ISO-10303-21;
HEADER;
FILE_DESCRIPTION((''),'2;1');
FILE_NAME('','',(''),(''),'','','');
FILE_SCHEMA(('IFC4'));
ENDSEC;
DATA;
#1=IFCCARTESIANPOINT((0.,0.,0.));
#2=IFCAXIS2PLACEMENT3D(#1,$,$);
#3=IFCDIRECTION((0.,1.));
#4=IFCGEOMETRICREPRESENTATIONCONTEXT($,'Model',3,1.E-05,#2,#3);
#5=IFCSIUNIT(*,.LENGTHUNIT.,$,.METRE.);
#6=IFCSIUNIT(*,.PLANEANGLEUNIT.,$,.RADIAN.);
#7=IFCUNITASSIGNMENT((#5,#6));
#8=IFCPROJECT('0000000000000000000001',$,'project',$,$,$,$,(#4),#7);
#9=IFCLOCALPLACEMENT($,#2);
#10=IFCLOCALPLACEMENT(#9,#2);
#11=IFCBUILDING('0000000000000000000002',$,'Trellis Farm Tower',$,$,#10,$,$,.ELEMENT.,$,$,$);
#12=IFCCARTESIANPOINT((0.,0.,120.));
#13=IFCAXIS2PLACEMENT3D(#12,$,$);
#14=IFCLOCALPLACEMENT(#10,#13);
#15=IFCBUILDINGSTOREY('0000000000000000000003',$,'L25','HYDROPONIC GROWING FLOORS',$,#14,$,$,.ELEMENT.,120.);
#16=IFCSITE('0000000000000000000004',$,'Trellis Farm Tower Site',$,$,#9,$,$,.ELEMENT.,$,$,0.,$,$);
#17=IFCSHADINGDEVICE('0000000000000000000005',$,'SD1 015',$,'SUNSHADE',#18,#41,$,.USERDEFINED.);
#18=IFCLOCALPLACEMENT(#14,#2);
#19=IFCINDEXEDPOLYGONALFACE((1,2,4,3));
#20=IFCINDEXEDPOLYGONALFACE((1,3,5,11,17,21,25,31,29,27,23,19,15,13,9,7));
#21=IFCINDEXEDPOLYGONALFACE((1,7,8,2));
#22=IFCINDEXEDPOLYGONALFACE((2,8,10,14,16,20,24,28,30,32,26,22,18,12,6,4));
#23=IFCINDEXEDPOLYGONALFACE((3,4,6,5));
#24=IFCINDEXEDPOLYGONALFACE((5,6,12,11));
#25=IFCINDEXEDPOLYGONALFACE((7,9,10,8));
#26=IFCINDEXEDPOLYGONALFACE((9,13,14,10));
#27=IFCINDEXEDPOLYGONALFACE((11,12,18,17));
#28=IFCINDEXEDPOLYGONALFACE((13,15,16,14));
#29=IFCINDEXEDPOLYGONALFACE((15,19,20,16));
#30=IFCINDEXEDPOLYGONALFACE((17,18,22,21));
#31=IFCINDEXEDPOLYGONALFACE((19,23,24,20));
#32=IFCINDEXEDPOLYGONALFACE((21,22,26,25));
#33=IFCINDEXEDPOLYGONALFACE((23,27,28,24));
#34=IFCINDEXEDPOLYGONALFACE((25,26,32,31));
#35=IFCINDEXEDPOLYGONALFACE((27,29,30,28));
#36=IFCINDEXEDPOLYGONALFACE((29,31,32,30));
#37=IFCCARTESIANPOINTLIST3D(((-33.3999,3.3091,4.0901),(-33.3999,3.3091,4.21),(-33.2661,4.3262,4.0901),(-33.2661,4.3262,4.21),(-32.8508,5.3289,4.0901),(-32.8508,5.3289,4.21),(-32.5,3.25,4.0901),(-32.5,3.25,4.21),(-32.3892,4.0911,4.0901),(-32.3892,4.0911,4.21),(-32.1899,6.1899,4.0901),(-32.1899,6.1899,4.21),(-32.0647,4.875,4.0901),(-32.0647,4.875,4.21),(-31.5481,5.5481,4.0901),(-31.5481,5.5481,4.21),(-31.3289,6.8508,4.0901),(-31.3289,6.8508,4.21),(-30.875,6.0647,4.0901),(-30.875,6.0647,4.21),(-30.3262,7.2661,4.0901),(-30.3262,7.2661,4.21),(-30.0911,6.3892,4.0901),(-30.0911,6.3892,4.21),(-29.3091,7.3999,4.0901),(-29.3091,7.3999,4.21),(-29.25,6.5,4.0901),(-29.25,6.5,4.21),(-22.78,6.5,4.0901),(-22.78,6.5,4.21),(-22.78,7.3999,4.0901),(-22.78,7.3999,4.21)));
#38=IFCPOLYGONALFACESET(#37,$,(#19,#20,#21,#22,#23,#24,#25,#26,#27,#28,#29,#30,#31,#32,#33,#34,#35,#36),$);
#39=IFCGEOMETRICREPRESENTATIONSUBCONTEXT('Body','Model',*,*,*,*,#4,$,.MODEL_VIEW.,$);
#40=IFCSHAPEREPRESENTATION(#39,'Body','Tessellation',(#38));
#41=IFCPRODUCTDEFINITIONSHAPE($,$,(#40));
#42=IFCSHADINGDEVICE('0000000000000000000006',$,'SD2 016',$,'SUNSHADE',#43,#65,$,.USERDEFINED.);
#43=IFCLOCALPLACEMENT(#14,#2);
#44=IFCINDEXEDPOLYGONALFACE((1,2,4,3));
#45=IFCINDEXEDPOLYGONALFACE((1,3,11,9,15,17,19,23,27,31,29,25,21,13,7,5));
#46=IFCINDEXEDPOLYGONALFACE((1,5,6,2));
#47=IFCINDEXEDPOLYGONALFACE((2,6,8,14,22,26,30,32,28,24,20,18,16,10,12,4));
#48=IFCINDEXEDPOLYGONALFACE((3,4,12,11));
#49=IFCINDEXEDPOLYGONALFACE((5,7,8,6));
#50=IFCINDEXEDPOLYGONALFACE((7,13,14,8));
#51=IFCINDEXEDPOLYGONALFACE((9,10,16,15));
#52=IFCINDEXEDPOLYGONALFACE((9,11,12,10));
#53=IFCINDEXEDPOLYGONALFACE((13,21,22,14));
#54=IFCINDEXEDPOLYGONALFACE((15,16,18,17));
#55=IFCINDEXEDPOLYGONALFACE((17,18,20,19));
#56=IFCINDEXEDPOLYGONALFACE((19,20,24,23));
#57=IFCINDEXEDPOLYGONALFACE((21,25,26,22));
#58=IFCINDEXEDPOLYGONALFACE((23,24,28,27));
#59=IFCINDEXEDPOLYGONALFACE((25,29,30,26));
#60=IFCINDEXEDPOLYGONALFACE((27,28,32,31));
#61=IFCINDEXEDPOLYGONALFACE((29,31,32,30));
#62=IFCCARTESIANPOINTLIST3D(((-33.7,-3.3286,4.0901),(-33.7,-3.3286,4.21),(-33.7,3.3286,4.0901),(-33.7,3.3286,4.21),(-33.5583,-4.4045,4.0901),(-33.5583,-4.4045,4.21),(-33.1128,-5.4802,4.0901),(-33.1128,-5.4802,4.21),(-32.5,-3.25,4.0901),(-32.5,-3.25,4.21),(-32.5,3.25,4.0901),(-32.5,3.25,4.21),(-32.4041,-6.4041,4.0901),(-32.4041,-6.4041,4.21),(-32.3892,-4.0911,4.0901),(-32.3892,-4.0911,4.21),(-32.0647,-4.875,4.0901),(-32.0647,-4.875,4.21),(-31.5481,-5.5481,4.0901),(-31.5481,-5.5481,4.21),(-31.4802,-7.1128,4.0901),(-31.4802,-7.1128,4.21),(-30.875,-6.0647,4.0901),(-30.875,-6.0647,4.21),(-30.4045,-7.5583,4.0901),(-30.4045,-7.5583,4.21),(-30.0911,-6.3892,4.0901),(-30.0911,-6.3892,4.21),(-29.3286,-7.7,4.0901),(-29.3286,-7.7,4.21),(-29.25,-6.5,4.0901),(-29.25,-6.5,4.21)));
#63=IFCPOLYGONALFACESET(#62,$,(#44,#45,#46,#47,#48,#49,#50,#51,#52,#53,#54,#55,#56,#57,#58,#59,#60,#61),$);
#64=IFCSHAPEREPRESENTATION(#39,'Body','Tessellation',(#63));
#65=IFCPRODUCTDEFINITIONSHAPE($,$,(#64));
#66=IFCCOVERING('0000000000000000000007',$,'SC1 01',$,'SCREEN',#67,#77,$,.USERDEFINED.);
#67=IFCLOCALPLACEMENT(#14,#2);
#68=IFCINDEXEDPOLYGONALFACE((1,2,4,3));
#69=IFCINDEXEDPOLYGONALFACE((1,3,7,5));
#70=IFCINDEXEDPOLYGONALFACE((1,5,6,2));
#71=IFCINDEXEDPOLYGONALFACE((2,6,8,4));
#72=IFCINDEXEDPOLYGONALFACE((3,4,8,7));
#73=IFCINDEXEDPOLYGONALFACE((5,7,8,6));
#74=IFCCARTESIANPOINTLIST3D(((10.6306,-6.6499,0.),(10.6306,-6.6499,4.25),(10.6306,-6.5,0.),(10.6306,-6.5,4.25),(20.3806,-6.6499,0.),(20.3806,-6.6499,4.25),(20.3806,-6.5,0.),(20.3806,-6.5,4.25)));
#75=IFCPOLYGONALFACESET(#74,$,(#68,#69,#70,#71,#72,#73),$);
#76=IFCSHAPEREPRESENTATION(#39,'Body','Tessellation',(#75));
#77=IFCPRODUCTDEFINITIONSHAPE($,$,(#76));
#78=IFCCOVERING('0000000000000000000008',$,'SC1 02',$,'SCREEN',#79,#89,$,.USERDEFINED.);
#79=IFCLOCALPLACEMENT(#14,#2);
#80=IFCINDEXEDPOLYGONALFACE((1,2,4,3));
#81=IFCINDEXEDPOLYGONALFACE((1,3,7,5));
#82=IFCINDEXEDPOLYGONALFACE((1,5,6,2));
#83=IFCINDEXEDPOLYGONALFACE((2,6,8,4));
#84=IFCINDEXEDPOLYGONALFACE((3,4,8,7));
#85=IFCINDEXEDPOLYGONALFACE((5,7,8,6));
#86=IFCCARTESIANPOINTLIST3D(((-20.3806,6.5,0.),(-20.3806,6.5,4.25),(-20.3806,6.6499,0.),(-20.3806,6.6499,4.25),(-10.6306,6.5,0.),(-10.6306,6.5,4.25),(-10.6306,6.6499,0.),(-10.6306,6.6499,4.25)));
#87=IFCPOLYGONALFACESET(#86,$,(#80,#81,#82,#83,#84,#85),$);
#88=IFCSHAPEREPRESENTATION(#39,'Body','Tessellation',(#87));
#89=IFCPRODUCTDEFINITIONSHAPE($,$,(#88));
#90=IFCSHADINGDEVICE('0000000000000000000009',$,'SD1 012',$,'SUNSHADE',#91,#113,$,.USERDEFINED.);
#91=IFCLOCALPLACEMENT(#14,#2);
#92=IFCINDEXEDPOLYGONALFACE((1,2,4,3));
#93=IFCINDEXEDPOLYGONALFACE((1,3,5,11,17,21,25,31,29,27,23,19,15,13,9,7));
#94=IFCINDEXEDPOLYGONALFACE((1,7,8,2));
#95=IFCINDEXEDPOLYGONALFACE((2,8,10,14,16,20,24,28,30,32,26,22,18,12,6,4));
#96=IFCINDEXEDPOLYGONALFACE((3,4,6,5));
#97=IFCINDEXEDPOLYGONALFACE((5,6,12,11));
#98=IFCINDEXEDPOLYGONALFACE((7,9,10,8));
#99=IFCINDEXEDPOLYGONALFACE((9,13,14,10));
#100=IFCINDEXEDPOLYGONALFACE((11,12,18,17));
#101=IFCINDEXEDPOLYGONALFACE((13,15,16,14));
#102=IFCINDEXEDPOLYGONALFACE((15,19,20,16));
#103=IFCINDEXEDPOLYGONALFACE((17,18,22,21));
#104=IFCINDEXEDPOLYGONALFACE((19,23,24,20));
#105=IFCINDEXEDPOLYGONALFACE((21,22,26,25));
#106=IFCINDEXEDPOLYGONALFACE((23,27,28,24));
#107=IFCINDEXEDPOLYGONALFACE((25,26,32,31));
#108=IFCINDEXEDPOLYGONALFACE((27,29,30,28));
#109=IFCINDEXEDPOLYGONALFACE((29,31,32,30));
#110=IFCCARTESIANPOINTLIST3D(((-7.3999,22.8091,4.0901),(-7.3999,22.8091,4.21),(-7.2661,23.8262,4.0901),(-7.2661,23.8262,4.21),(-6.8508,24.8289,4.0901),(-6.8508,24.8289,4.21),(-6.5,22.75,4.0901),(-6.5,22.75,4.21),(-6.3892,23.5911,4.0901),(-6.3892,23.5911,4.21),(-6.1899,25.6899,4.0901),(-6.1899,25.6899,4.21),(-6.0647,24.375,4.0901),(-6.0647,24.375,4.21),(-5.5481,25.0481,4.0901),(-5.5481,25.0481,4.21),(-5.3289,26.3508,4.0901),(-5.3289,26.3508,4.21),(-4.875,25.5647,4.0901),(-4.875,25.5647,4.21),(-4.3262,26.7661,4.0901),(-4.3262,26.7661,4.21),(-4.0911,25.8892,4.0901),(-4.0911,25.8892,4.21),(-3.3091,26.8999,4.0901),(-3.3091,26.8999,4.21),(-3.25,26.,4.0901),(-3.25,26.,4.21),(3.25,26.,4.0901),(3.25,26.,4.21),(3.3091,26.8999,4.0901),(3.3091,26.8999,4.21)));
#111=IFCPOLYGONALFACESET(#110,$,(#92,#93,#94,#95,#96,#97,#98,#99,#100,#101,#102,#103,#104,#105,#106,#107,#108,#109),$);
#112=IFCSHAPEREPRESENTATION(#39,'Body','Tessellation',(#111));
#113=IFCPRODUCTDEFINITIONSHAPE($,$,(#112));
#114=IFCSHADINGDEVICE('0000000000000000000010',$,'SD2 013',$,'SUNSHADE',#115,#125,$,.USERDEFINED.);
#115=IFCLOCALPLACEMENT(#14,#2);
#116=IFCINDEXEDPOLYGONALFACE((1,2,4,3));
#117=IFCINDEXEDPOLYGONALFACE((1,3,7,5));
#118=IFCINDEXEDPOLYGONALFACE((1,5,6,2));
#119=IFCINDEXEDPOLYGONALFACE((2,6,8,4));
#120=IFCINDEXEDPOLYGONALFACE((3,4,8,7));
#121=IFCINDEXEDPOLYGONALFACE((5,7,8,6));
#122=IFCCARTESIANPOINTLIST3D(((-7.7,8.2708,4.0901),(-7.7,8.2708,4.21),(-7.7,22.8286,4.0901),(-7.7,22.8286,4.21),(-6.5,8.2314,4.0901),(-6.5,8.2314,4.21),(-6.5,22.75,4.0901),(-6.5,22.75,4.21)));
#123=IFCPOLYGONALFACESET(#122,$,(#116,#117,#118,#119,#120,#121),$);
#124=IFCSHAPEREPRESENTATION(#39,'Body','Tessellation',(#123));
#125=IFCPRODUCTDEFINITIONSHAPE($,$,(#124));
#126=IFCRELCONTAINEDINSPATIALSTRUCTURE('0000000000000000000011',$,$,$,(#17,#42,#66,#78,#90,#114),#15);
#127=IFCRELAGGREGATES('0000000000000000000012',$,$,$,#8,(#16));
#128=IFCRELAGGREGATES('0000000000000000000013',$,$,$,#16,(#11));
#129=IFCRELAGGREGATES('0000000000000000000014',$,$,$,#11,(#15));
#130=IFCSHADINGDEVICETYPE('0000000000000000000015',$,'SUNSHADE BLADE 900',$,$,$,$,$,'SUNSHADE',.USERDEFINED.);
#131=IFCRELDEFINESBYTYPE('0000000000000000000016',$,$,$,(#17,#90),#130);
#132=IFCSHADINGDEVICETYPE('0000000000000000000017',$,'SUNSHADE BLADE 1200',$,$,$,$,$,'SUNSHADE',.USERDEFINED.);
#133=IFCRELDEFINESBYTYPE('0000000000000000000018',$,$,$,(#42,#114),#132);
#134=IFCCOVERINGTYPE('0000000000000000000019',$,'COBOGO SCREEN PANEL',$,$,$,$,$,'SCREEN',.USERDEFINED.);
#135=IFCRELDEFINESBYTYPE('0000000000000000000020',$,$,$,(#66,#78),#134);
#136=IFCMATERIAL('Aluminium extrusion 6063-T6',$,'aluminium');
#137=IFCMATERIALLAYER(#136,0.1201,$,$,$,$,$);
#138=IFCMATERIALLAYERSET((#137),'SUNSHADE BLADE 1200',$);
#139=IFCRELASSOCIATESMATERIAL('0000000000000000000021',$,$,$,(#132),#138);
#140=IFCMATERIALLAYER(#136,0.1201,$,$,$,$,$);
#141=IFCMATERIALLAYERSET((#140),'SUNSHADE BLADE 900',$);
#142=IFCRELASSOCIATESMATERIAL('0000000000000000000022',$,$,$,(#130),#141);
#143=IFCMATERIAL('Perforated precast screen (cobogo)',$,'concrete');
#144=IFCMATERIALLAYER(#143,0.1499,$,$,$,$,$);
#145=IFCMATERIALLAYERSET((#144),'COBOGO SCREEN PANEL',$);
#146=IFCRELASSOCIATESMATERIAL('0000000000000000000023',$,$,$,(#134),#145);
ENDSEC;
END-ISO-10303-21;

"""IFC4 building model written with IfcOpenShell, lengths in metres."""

from ifc_helpers import new_model, si_unit, direction, frame, origin, place, context, subcontext, project, spatial, polyline, outline, extrude, source, transform, mapped, material, layer, layer_set, type_object, element, save


model = new_model("IFC4")

# Units and contexts
model_context = context("Model", 3, precision=1e-05, world=origin(), true_north=direction((0.0, 1.0)))
body_context = subcontext(model_context, "Body", "Model", "MODEL_VIEW")
ifc_project = project(units=[si_unit("LENGTHUNIT", "METRE"), si_unit("PLANEANGLEUNIT", "RADIAN")], contexts=[model_context])

# Site, building, storey
site_placement = place(None, origin())
site = spatial("IfcSite", under=ifc_project, at=site_placement, Name="Trellis Farm Tower Site", CompositionType="ELEMENT", RefElevation=0.0)
building_placement = place(site_placement, origin())
building = spatial("IfcBuilding", under=site, at=building_placement, Name="Trellis Farm Tower", CompositionType="ELEMENT")
storey_placement = place(building_placement, frame((0.0, 0.0, 120.0)))
storey = spatial("IfcBuildingStorey", under=building, at=storey_placement, Name="L25", Description="HYDROPONIC GROWING FLOORS", CompositionType="ELEMENT", Elevation=120.0)

# Shared definitions
placement_1 = place(storey_placement, origin())
ifc_material_1 = material(Name="Aluminium extrusion 6063-T6", Category="aluminium")

# Shading devices
ifc_layer_1 = layer(ifc_material_1, 0.1201)
ifc_layer_set_1 = layer_set([ifc_layer_1], Name="SUNSHADE BLADE 1200")
shading_device_type_1 = type_object("IfcShadingDeviceType", Name="SUNSHADE BLADE 1200", ElementType="SUNSHADE", PredefinedType="USERDEFINED", material=ifc_layer_set_1)
placement_2 = place(storey_placement, frame((0.0, 0.0, 4.0901)))
ifc_layer_2 = layer(ifc_material_1, 0.1201)
ifc_layer_set_2 = layer_set([ifc_layer_2], Name="SUNSHADE BLADE 900")
shading_device_type_2 = type_object("IfcShadingDeviceType", Name="SUNSHADE BLADE 900", ElementType="SUNSHADE", PredefinedType="USERDEFINED", material=ifc_layer_set_2)
shared_shape_1 = source(origin(), body_context, "Body", "SweptSolid", [
    extrude(outline(polyline([(-22.78, 7.3999), (-29.3091, 7.3999), (-30.3262, 7.2661), (-31.3289, 6.8508), (-32.1899, 6.1899), (-32.8508, 5.3289), (-33.2661, 4.3262), (-33.3999, 3.3091), (-32.5, 3.25), (-32.3892, 4.0911), (-32.0647, 4.875), (-31.5481, 5.5481), (-30.875, 6.0647), (-30.0911, 6.3892), (-29.25, 6.5), (-22.78, 6.5), (-22.78, 7.3999)])), origin(), (0.0, 0.0, 1.0), 0.1199),
])
element("IfcShadingDevice", 1, at=placement_2, inside=storey, type_object=shading_device_type_2, Name="SD1 015", ObjectType="SUNSHADE", PredefinedType="USERDEFINED", context=body_context, shape_type="MappedRepresentation", body=[
    mapped(shared_shape_1, transform((0.0, 0.0, 0.0))),
])
shared_shape_2 = source(origin(), body_context, "Body", "SweptSolid", [
    extrude(outline(polyline([(-33.7, 3.3286), (-33.7, -3.3286), (-33.5583, -4.4045), (-33.1128, -5.4802), (-32.4041, -6.4041), (-31.4802, -7.1128), (-30.4045, -7.5583), (-29.3286, -7.7), (-29.25, -6.5), (-30.0911, -6.3892), (-30.875, -6.0647), (-31.5481, -5.5481), (-32.0647, -4.875), (-32.3892, -4.0911), (-32.5, -3.25), (-32.5, 3.25), (-33.7, 3.3286)])), origin(), (0.0, 0.0, 1.0), 0.1199),
])
element("IfcShadingDevice", 2, at=placement_2, inside=storey, type_object=shading_device_type_1, Name="SD2 016", ObjectType="SUNSHADE", PredefinedType="USERDEFINED", context=body_context, shape_type="MappedRepresentation", body=[
    mapped(shared_shape_2, transform((0.0, 0.0, 0.0))),
])

# Coverings
ifc_material_2 = material(Name="Perforated precast screen (cobogo)", Category="concrete")
ifc_layer_3 = layer(ifc_material_2, 0.1499)
ifc_layer_set_3 = layer_set([ifc_layer_3], Name="COBOGO SCREEN PANEL")
covering_type = type_object("IfcCoveringType", Name="COBOGO SCREEN PANEL", ElementType="SCREEN", PredefinedType="USERDEFINED", material=ifc_layer_set_3)
shared_shape_3 = source(origin(), body_context, "Body", "SweptSolid", [
    extrude(outline(polyline([(10.6306, -6.6499), (20.3806, -6.6499), (20.3806, -6.5), (10.6306, -6.5), (10.6306, -6.6499)])), origin(), (0.0, 0.0, 1.0), 4.25),
])
element("IfcCovering", 3, at=placement_1, inside=storey, type_object=covering_type, Name="SC1 01", ObjectType="SCREEN", PredefinedType="USERDEFINED", context=body_context, shape_type="MappedRepresentation", body=[
    mapped(shared_shape_3, transform((0.0, 0.0, 0.0))),
])
shared_shape_4 = source(origin(), body_context, "Body", "SweptSolid", [
    extrude(outline(polyline([(-10.6306, 6.6499), (-20.3806, 6.6499), (-20.3806, 6.5), (-10.6306, 6.5), (-10.6306, 6.6499)])), origin(), (0.0, 0.0, 1.0), 4.25),
])
element("IfcCovering", 4, at=placement_1, inside=storey, type_object=covering_type, Name="SC1 02", ObjectType="SCREEN", PredefinedType="USERDEFINED", context=body_context, shape_type="MappedRepresentation", body=[
    mapped(shared_shape_4, transform((0.0, 0.0, 0.0))),
])

# Shading devices
shared_shape_5 = source(origin(), body_context, "Body", "SweptSolid", [
    extrude(outline(polyline([(3.3091, 26.8999), (-3.3091, 26.8999), (-4.3262, 26.7661), (-5.3289, 26.3508), (-6.1899, 25.6899), (-6.8508, 24.8289), (-7.2661, 23.8262), (-7.3999, 22.8091), (-6.5, 22.75), (-6.3892, 23.5911), (-6.0647, 24.375), (-5.5481, 25.0481), (-4.875, 25.5647), (-4.0911, 25.8892), (-3.25, 26.0), (3.25, 26.0), (3.3091, 26.8999)])), origin(), (0.0, 0.0, 1.0), 0.1199),
])
element("IfcShadingDevice", 5, at=placement_2, inside=storey, type_object=shading_device_type_2, Name="SD1 012", ObjectType="SUNSHADE", PredefinedType="USERDEFINED", context=body_context, shape_type="MappedRepresentation", body=[
    mapped(shared_shape_5, transform((0.0, 0.0, 0.0))),
])
shared_shape_6 = source(origin(), body_context, "Body", "SweptSolid", [
    extrude(outline(polyline([(-7.7, 22.8286), (-7.7, 8.2708), (-6.5, 8.2314), (-6.5, 22.75), (-7.7, 22.8286)])), origin(), (0.0, 0.0, 1.0), 0.1199),
])
element("IfcShadingDevice", 6, at=placement_2, inside=storey, type_object=shading_device_type_1, Name="SD2 013", ObjectType="SUNSHADE", PredefinedType="USERDEFINED", context=body_context, shape_type="MappedRepresentation", body=[
    mapped(shared_shape_6, transform((0.0, 0.0, 0.0))),
])

save(model, "model.ifc")
